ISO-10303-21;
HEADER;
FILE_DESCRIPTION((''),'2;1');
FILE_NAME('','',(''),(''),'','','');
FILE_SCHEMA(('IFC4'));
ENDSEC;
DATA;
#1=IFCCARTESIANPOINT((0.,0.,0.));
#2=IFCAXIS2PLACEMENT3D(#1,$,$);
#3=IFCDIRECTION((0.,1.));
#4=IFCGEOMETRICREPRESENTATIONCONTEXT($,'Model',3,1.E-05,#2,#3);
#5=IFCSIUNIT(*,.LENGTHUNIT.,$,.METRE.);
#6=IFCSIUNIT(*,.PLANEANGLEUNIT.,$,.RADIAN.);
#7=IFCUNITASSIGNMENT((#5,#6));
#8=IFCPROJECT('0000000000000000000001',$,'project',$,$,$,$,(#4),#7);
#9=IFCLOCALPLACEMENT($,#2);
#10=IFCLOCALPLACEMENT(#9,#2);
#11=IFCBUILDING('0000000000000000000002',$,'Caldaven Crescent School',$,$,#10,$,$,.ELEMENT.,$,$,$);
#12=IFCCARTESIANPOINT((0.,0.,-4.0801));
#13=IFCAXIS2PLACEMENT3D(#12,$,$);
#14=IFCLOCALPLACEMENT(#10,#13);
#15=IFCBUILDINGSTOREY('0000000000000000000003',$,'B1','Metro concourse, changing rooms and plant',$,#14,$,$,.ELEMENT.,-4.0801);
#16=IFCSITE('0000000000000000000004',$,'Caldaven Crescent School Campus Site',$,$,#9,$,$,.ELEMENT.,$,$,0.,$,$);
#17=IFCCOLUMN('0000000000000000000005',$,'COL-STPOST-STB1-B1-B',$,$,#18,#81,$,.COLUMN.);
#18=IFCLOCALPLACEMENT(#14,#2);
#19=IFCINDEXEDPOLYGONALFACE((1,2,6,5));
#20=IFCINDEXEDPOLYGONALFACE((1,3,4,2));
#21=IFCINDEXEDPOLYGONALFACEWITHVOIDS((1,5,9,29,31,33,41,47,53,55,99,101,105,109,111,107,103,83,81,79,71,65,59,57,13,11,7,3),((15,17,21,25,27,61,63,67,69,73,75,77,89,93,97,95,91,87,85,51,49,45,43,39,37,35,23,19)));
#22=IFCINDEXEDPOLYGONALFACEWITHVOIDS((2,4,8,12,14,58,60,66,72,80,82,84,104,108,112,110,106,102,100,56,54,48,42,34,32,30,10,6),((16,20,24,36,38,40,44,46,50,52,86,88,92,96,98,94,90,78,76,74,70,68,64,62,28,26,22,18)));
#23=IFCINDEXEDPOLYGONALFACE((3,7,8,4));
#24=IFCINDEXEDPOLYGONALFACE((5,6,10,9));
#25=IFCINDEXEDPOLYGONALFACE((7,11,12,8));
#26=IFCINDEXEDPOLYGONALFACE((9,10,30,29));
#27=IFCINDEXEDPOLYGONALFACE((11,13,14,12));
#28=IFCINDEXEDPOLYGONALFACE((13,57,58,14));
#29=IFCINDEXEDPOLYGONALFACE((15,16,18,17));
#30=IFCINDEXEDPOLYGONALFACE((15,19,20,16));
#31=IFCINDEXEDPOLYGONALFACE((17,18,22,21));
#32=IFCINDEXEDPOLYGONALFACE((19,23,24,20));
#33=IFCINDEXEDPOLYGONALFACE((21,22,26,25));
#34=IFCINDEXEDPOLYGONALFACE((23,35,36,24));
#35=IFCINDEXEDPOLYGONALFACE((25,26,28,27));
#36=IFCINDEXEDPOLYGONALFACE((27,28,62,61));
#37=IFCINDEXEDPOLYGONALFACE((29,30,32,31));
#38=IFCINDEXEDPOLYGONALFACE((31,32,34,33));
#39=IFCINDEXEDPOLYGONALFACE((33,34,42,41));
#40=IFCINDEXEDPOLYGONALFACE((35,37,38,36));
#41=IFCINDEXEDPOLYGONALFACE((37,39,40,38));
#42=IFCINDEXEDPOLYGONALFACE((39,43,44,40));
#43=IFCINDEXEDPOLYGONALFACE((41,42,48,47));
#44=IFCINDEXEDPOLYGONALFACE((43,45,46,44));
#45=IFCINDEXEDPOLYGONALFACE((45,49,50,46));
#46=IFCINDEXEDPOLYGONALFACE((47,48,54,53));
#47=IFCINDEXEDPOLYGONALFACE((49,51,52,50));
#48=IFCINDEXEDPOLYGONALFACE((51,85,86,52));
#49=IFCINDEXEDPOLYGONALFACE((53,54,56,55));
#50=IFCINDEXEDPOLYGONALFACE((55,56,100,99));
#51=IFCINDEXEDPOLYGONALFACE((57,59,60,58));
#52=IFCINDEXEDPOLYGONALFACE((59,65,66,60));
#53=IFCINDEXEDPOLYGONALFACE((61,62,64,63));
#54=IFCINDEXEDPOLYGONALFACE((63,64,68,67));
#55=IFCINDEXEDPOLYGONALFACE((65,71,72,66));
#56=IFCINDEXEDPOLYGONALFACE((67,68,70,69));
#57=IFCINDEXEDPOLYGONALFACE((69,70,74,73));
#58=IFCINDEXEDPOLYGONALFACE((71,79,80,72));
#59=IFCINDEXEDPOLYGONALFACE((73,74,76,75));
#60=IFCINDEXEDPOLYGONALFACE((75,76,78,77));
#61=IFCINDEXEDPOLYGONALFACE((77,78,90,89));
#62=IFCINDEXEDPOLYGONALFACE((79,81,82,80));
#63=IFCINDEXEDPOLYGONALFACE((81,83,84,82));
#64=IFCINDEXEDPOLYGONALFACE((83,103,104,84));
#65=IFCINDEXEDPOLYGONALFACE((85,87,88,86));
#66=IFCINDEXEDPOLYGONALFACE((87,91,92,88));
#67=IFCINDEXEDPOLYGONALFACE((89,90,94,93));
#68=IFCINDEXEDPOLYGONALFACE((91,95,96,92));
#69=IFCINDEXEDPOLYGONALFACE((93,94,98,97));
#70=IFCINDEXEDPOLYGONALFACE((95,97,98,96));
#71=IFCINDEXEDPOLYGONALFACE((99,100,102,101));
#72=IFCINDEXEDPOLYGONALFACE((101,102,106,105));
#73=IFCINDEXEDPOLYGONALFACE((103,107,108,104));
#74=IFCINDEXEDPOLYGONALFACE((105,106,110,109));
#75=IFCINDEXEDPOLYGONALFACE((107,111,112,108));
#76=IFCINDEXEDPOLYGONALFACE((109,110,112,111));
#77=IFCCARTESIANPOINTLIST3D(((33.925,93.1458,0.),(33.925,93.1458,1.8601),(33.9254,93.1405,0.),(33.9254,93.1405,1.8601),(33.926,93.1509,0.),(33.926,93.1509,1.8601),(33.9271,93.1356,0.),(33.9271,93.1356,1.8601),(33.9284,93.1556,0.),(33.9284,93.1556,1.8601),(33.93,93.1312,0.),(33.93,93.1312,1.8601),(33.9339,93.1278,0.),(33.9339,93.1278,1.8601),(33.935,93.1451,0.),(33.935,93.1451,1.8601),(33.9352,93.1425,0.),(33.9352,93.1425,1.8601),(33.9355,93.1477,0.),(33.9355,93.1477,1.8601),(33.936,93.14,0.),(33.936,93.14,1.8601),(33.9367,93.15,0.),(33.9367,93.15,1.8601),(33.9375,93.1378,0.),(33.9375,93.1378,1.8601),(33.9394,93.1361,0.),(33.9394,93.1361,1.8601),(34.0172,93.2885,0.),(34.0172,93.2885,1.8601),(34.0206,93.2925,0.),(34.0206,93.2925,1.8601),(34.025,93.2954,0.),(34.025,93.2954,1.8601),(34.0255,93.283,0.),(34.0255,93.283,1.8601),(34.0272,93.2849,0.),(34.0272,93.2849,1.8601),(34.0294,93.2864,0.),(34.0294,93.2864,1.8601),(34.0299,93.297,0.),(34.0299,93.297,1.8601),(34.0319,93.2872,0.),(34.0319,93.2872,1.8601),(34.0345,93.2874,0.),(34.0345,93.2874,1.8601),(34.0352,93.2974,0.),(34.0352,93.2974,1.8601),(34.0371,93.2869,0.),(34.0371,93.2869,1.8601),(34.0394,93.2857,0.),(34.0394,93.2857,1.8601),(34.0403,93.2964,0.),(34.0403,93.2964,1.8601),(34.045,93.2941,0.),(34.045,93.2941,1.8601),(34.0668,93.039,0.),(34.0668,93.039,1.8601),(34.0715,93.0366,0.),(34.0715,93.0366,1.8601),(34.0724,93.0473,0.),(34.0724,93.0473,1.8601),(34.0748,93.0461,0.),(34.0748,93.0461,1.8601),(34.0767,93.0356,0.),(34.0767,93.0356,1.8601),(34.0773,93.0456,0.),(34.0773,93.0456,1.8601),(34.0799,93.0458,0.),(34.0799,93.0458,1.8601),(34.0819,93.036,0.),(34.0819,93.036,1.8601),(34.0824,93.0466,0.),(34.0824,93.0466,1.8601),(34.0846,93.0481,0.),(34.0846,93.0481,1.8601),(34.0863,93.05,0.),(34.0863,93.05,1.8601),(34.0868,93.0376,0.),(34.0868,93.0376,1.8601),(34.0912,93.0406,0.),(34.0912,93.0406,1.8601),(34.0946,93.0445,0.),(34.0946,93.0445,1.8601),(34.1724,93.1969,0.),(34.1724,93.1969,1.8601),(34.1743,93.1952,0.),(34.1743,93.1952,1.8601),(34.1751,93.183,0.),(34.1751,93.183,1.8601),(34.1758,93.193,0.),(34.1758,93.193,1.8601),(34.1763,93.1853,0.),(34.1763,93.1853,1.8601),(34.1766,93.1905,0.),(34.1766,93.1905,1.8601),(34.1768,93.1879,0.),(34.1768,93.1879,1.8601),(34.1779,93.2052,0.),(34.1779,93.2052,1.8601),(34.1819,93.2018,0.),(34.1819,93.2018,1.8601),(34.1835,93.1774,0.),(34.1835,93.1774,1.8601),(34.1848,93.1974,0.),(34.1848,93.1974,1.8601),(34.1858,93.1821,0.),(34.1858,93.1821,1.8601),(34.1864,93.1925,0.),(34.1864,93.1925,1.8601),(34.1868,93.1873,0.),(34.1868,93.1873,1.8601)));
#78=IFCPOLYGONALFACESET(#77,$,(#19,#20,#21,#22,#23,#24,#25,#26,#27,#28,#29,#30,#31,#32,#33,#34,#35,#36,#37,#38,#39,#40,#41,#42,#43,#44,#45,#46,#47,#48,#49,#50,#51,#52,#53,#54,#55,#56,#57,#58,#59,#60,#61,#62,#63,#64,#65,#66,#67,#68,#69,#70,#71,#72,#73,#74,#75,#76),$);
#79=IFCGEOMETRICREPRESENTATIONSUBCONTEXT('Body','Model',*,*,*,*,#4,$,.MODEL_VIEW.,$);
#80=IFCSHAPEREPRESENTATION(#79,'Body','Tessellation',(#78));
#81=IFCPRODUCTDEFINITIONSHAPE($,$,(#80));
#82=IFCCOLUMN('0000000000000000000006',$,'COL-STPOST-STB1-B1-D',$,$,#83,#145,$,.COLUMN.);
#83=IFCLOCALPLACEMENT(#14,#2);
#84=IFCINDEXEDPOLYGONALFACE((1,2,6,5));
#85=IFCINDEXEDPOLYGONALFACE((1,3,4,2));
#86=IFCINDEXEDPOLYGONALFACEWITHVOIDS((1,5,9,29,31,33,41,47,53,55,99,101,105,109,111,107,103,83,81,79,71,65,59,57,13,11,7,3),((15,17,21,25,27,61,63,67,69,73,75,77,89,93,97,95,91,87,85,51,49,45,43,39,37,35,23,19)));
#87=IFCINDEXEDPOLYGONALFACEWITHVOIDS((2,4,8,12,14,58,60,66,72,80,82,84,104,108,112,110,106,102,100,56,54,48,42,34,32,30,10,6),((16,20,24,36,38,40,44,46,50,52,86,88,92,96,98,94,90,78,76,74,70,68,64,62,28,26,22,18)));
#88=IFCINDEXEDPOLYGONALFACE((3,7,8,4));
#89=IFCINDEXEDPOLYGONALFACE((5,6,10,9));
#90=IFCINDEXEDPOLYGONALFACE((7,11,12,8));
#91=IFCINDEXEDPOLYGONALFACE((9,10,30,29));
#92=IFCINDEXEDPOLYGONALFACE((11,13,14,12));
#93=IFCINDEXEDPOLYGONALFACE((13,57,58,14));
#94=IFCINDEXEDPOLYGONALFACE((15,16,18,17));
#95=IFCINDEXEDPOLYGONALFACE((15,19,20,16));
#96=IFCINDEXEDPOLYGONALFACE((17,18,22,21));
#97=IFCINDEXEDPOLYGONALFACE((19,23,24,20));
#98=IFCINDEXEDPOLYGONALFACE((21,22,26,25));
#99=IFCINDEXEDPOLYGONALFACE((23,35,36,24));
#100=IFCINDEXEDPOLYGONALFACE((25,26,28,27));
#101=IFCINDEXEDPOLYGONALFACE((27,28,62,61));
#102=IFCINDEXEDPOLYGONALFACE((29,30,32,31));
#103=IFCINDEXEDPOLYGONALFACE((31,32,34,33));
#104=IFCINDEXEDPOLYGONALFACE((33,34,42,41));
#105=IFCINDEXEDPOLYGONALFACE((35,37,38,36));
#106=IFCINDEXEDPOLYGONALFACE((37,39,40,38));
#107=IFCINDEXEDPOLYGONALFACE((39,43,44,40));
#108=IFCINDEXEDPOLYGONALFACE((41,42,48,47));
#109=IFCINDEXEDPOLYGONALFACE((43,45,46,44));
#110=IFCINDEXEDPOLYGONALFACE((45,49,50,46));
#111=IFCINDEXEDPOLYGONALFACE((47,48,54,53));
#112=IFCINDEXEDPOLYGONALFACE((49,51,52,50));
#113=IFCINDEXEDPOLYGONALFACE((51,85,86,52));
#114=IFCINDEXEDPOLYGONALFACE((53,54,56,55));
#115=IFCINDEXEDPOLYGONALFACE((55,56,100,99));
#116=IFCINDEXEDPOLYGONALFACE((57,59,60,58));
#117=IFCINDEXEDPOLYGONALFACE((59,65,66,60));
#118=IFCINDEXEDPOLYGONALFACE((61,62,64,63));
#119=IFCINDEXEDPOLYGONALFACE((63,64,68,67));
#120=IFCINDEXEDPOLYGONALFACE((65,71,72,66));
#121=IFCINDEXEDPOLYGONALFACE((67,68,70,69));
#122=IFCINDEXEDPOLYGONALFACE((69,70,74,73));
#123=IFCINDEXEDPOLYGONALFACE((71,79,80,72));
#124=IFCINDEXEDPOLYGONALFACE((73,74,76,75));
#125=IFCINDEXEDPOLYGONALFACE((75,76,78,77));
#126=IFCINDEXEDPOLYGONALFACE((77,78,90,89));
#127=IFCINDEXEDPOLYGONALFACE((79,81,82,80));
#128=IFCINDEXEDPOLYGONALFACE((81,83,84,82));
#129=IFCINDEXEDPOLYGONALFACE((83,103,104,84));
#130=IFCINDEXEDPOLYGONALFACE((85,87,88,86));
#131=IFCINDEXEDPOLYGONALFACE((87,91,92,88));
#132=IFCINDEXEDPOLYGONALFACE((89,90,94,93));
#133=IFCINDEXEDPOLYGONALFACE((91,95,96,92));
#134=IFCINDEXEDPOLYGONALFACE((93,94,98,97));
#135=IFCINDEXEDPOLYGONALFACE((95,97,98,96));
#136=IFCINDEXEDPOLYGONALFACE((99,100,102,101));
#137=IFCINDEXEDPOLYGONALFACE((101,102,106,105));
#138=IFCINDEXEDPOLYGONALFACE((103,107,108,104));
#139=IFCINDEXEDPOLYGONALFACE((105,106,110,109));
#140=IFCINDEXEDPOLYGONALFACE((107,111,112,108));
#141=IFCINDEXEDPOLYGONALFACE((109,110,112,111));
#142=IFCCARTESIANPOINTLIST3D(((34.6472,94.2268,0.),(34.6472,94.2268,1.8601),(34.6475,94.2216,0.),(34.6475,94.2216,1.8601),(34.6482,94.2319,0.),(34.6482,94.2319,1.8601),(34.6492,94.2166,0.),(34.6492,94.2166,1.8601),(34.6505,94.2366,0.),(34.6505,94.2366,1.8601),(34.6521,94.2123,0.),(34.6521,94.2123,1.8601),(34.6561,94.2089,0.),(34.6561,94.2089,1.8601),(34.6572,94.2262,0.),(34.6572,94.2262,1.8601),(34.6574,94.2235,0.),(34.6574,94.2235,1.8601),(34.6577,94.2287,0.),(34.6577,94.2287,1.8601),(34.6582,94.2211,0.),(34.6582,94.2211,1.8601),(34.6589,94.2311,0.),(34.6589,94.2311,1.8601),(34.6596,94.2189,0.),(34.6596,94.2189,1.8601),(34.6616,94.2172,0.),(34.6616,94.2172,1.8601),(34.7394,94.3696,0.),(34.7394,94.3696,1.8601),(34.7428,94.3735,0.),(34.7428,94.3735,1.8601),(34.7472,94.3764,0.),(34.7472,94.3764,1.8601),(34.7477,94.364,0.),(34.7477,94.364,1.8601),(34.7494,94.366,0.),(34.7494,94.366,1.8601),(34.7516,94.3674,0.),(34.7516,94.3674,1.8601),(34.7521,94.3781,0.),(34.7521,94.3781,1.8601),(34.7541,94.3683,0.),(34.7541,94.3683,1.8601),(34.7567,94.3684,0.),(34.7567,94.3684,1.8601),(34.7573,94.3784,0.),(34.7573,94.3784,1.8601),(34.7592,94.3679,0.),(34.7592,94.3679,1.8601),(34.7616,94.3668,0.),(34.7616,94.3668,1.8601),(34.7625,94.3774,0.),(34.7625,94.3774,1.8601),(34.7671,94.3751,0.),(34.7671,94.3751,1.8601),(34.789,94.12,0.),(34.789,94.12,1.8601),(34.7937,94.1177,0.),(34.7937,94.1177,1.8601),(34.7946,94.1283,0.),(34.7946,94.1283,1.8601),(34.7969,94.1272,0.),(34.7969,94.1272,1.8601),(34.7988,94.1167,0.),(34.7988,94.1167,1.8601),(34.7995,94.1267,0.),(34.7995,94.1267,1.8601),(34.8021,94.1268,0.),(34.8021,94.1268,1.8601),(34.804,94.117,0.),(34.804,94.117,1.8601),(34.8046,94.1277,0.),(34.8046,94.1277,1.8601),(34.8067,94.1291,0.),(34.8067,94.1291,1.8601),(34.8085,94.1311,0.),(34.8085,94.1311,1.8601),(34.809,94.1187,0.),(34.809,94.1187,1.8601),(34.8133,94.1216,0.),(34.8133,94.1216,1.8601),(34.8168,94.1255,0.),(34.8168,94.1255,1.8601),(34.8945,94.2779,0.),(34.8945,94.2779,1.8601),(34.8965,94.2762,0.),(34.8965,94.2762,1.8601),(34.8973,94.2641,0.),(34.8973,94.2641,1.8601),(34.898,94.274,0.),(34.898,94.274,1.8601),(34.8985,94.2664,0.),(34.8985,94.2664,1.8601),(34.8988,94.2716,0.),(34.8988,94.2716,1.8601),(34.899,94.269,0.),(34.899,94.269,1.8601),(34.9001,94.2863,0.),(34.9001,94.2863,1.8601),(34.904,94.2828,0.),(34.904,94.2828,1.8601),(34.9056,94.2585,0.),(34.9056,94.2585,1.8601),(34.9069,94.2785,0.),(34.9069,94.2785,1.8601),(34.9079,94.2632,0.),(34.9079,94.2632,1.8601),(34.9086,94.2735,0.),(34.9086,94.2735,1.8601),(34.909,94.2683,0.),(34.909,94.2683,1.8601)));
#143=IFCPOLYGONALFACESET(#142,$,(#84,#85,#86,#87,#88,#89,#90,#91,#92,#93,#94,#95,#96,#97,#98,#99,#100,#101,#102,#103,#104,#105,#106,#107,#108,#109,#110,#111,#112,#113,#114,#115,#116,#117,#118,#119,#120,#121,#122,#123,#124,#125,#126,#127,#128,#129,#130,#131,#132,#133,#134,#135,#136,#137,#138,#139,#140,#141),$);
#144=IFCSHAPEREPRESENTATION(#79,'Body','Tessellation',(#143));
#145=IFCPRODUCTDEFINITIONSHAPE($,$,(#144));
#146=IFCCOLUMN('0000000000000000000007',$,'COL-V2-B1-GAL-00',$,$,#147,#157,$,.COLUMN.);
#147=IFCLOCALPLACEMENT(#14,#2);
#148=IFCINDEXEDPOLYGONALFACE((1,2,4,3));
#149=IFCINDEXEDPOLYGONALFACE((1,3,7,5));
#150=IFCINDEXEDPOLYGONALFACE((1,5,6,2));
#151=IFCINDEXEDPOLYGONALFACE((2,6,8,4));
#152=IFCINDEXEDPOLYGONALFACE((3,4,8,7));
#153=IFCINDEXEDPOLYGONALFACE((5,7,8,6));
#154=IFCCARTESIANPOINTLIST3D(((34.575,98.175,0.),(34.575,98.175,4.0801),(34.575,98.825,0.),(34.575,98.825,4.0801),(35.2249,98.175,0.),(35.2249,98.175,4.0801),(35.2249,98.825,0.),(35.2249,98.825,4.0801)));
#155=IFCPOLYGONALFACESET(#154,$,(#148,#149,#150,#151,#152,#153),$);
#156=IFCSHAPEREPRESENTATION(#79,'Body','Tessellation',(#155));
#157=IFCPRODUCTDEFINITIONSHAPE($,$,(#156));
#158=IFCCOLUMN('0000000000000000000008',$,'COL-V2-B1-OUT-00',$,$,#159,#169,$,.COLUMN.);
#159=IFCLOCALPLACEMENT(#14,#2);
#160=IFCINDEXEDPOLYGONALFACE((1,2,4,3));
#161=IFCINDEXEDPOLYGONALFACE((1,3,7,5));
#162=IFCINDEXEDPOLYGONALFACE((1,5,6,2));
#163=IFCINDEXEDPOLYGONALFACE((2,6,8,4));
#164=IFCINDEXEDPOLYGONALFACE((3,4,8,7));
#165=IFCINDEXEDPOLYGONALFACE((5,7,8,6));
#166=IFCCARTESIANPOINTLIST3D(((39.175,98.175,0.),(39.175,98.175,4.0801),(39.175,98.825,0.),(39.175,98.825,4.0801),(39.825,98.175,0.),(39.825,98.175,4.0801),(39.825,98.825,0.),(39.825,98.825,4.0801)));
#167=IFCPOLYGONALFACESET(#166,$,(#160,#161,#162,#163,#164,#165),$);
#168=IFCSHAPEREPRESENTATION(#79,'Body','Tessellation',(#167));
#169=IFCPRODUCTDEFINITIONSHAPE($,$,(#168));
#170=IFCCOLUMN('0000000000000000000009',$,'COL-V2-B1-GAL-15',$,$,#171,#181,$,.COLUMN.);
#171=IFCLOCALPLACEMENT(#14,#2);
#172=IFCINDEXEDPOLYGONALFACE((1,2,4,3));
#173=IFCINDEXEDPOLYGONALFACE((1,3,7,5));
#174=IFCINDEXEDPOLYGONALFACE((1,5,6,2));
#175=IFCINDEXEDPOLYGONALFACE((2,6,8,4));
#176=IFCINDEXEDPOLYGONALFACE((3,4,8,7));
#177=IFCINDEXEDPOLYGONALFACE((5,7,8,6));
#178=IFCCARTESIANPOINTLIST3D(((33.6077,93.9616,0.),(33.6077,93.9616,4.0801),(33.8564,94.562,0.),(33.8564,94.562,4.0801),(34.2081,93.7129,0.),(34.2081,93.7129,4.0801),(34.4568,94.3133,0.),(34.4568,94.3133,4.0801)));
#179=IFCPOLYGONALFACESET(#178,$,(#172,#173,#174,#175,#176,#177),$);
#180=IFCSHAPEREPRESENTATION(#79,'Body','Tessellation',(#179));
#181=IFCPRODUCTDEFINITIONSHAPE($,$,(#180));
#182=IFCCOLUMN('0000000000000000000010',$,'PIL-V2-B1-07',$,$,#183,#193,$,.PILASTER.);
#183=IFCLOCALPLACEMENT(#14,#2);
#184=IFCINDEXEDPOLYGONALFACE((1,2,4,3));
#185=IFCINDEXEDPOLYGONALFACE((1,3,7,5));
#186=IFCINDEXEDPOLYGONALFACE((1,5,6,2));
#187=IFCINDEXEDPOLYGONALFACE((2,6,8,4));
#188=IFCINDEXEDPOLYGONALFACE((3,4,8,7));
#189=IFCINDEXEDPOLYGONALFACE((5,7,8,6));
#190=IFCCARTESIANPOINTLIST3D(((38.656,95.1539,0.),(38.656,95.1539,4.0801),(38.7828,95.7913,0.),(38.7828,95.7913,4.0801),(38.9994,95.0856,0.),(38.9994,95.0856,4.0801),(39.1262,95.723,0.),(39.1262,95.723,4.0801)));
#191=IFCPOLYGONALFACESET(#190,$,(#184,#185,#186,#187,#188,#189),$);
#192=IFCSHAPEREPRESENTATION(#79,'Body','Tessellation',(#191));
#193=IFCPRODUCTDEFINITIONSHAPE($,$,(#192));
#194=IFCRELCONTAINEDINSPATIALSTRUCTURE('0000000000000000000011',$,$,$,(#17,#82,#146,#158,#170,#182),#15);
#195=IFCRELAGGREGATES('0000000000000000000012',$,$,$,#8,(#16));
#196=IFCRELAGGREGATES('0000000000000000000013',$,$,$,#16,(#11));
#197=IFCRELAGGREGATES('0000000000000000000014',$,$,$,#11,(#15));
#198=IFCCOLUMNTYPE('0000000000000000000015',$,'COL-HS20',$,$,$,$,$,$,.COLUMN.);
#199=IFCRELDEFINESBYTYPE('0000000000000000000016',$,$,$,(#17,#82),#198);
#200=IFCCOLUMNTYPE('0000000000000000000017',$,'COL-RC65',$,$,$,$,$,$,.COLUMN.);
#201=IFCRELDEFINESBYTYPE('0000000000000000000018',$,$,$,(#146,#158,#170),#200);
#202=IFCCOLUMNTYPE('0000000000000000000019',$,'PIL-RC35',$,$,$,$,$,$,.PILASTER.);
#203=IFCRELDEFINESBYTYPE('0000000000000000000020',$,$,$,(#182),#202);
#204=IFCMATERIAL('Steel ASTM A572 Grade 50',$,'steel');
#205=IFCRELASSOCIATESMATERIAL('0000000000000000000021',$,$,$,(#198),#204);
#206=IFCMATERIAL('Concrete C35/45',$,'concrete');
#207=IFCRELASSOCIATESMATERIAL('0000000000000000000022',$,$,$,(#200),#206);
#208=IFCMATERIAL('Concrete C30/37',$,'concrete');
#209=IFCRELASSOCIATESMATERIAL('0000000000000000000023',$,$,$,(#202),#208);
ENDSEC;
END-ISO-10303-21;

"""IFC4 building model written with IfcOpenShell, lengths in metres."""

from ifc_helpers import new_model, si_unit, direction, frame, origin, origin_2d, place, context, subcontext, project, spatial, rectangle, hollow_rectangle, extrude, material, material_profile, profile_set, type_object, element, save


model = new_model("IFC4")

# Units and contexts
model_context = context("Model", 3, precision=1e-05, world=origin(), true_north=direction((0.0, 1.0)))
body_context = subcontext(model_context, "Body", "Model", "MODEL_VIEW")
ifc_project = project(units=[si_unit("LENGTHUNIT", "METRE"), si_unit("PLANEANGLEUNIT", "RADIAN")], contexts=[model_context])

# Site, building, storey
site_placement = place(None, origin())
site = spatial("IfcSite", under=ifc_project, at=site_placement, Name="Caldaven Crescent School Campus Site", CompositionType="ELEMENT", RefElevation=0.0)
building_placement = place(site_placement, origin())
building = spatial("IfcBuilding", under=site, at=building_placement, Name="Caldaven Crescent School", CompositionType="ELEMENT")
storey_placement = place(building_placement, frame((0.0, 0.0, -4.0801)))
storey = spatial("IfcBuildingStorey", under=building, at=storey_placement, Name="B1", Description="Metro concourse, changing rooms and plant", CompositionType="ELEMENT", Elevation=-4.0801)

# Shared definitions
ifc_material_1 = material(Name="Concrete C30/37", Category="concrete")
ifc_material_2 = material(Name="Concrete C35/45", Category="concrete")

# Columns
ifc_material_3 = material(Name="Steel ASTM A572 Grade 50", Category="steel")
ifc_material_profile_1 = material_profile(ifc_material_3, hollow_rectangle(XDim=0.2, YDim=0.2, WallThickness=0.01, InnerFilletRadius=0.01, OuterFilletRadius=0.02, at=origin_2d()), Name="HSS 200x200x10")
ifc_profile_set_1 = profile_set([ifc_material_profile_1], Name="Steel ASTM A572 Grade 50")
column_type_1 = type_object("IfcColumnType", Name="COL-HS20", PredefinedType="COLUMN", material=ifc_profile_set_1)
for number, where, z_axis, x_axis, name in (
    (1, (34.0559, 93.1665, 0.0), (0.0, 0.0, 1.0), (0.55557, 0.83147, 0.0), "COL-STPOST-STB1-B1-B"),
    (2, (34.7781, 94.2476, 0.0), (0.0, 0.0, 1.0), (0.55557, 0.83147, 0.0), "COL-STPOST-STB1-B1-D"),
):
    element("IfcColumn", number, at=place(storey_placement, frame(where, z_axis=z_axis, x_axis=x_axis)), inside=storey, type_object=column_type_1, Name=name, PredefinedType="COLUMN", context=body_context, shape_type="SweptSolid", body=[
        extrude(hollow_rectangle(XDim=0.2, YDim=0.2, WallThickness=0.01, InnerFilletRadius=0.01, OuterFilletRadius=0.02, at=origin_2d()), origin(), (0.0, 0.0, 1.0), 1.8601),
    ])
ifc_material_profile_2 = material_profile(ifc_material_2, rectangle(XDim=0.6499, YDim=0.6499, at=origin_2d()), Name="RC 650x650")
ifc_profile_set_2 = profile_set([ifc_material_profile_2], Name="Concrete C35/45")
column_type_2 = type_object("IfcColumnType", Name="COL-RC65", PredefinedType="COLUMN", material=ifc_profile_set_2)
for number, where, z_axis, x_axis, name in (
    (3, (34.8999, 98.5, 0.0), (0.0, 0.0, 1.0), (1.0, 0.0, 0.0), "COL-V2-B1-GAL-00"),
    (4, (39.5, 98.5, 0.0), (0.0, 0.0, 1.0), (1.0, 0.0, 0.0), "COL-V2-B1-OUT-00"),
    (5, (34.0322, 94.1375, 0.0), (0.0, 0.0, 1.0), (0.92388, -0.382683, 0.0), "COL-V2-B1-GAL-15"),
):
    element("IfcColumn", number, at=place(storey_placement, frame(where, z_axis=z_axis, x_axis=x_axis)), inside=storey, type_object=column_type_2, Name=name, PredefinedType="COLUMN", context=body_context, shape_type="SweptSolid", body=[
        extrude(rectangle(XDim=0.6499, YDim=0.6499, at=origin_2d()), origin(), (0.0, 0.0, 1.0), 4.0801),
    ])
ifc_material_profile_3 = material_profile(ifc_material_1, rectangle(XDim=0.3501, YDim=0.6499, at=origin_2d()), Name="RC 350x650")
ifc_profile_set_3 = profile_set([ifc_material_profile_3], Name="Concrete C30/37")
column_type_3 = type_object("IfcColumnType", Name="PIL-RC35", PredefinedType="PILASTER", material=ifc_profile_set_3)
column_placement = place(storey_placement, frame((38.8911, 95.4385, 0.0), z_axis=(0.0, 0.0, 1.0), x_axis=(0.980785, -0.19509, 0.0)))
element("IfcColumn", 6, at=column_placement, inside=storey, type_object=column_type_3, Name="PIL-V2-B1-07", PredefinedType="PILASTER", context=body_context, shape_type="SweptSolid", body=[
    extrude(rectangle(XDim=0.3501, YDim=0.6499, at=origin_2d()), origin(), (0.0, 0.0, 1.0), 4.0801),
])

save(model, "model.ifc")
